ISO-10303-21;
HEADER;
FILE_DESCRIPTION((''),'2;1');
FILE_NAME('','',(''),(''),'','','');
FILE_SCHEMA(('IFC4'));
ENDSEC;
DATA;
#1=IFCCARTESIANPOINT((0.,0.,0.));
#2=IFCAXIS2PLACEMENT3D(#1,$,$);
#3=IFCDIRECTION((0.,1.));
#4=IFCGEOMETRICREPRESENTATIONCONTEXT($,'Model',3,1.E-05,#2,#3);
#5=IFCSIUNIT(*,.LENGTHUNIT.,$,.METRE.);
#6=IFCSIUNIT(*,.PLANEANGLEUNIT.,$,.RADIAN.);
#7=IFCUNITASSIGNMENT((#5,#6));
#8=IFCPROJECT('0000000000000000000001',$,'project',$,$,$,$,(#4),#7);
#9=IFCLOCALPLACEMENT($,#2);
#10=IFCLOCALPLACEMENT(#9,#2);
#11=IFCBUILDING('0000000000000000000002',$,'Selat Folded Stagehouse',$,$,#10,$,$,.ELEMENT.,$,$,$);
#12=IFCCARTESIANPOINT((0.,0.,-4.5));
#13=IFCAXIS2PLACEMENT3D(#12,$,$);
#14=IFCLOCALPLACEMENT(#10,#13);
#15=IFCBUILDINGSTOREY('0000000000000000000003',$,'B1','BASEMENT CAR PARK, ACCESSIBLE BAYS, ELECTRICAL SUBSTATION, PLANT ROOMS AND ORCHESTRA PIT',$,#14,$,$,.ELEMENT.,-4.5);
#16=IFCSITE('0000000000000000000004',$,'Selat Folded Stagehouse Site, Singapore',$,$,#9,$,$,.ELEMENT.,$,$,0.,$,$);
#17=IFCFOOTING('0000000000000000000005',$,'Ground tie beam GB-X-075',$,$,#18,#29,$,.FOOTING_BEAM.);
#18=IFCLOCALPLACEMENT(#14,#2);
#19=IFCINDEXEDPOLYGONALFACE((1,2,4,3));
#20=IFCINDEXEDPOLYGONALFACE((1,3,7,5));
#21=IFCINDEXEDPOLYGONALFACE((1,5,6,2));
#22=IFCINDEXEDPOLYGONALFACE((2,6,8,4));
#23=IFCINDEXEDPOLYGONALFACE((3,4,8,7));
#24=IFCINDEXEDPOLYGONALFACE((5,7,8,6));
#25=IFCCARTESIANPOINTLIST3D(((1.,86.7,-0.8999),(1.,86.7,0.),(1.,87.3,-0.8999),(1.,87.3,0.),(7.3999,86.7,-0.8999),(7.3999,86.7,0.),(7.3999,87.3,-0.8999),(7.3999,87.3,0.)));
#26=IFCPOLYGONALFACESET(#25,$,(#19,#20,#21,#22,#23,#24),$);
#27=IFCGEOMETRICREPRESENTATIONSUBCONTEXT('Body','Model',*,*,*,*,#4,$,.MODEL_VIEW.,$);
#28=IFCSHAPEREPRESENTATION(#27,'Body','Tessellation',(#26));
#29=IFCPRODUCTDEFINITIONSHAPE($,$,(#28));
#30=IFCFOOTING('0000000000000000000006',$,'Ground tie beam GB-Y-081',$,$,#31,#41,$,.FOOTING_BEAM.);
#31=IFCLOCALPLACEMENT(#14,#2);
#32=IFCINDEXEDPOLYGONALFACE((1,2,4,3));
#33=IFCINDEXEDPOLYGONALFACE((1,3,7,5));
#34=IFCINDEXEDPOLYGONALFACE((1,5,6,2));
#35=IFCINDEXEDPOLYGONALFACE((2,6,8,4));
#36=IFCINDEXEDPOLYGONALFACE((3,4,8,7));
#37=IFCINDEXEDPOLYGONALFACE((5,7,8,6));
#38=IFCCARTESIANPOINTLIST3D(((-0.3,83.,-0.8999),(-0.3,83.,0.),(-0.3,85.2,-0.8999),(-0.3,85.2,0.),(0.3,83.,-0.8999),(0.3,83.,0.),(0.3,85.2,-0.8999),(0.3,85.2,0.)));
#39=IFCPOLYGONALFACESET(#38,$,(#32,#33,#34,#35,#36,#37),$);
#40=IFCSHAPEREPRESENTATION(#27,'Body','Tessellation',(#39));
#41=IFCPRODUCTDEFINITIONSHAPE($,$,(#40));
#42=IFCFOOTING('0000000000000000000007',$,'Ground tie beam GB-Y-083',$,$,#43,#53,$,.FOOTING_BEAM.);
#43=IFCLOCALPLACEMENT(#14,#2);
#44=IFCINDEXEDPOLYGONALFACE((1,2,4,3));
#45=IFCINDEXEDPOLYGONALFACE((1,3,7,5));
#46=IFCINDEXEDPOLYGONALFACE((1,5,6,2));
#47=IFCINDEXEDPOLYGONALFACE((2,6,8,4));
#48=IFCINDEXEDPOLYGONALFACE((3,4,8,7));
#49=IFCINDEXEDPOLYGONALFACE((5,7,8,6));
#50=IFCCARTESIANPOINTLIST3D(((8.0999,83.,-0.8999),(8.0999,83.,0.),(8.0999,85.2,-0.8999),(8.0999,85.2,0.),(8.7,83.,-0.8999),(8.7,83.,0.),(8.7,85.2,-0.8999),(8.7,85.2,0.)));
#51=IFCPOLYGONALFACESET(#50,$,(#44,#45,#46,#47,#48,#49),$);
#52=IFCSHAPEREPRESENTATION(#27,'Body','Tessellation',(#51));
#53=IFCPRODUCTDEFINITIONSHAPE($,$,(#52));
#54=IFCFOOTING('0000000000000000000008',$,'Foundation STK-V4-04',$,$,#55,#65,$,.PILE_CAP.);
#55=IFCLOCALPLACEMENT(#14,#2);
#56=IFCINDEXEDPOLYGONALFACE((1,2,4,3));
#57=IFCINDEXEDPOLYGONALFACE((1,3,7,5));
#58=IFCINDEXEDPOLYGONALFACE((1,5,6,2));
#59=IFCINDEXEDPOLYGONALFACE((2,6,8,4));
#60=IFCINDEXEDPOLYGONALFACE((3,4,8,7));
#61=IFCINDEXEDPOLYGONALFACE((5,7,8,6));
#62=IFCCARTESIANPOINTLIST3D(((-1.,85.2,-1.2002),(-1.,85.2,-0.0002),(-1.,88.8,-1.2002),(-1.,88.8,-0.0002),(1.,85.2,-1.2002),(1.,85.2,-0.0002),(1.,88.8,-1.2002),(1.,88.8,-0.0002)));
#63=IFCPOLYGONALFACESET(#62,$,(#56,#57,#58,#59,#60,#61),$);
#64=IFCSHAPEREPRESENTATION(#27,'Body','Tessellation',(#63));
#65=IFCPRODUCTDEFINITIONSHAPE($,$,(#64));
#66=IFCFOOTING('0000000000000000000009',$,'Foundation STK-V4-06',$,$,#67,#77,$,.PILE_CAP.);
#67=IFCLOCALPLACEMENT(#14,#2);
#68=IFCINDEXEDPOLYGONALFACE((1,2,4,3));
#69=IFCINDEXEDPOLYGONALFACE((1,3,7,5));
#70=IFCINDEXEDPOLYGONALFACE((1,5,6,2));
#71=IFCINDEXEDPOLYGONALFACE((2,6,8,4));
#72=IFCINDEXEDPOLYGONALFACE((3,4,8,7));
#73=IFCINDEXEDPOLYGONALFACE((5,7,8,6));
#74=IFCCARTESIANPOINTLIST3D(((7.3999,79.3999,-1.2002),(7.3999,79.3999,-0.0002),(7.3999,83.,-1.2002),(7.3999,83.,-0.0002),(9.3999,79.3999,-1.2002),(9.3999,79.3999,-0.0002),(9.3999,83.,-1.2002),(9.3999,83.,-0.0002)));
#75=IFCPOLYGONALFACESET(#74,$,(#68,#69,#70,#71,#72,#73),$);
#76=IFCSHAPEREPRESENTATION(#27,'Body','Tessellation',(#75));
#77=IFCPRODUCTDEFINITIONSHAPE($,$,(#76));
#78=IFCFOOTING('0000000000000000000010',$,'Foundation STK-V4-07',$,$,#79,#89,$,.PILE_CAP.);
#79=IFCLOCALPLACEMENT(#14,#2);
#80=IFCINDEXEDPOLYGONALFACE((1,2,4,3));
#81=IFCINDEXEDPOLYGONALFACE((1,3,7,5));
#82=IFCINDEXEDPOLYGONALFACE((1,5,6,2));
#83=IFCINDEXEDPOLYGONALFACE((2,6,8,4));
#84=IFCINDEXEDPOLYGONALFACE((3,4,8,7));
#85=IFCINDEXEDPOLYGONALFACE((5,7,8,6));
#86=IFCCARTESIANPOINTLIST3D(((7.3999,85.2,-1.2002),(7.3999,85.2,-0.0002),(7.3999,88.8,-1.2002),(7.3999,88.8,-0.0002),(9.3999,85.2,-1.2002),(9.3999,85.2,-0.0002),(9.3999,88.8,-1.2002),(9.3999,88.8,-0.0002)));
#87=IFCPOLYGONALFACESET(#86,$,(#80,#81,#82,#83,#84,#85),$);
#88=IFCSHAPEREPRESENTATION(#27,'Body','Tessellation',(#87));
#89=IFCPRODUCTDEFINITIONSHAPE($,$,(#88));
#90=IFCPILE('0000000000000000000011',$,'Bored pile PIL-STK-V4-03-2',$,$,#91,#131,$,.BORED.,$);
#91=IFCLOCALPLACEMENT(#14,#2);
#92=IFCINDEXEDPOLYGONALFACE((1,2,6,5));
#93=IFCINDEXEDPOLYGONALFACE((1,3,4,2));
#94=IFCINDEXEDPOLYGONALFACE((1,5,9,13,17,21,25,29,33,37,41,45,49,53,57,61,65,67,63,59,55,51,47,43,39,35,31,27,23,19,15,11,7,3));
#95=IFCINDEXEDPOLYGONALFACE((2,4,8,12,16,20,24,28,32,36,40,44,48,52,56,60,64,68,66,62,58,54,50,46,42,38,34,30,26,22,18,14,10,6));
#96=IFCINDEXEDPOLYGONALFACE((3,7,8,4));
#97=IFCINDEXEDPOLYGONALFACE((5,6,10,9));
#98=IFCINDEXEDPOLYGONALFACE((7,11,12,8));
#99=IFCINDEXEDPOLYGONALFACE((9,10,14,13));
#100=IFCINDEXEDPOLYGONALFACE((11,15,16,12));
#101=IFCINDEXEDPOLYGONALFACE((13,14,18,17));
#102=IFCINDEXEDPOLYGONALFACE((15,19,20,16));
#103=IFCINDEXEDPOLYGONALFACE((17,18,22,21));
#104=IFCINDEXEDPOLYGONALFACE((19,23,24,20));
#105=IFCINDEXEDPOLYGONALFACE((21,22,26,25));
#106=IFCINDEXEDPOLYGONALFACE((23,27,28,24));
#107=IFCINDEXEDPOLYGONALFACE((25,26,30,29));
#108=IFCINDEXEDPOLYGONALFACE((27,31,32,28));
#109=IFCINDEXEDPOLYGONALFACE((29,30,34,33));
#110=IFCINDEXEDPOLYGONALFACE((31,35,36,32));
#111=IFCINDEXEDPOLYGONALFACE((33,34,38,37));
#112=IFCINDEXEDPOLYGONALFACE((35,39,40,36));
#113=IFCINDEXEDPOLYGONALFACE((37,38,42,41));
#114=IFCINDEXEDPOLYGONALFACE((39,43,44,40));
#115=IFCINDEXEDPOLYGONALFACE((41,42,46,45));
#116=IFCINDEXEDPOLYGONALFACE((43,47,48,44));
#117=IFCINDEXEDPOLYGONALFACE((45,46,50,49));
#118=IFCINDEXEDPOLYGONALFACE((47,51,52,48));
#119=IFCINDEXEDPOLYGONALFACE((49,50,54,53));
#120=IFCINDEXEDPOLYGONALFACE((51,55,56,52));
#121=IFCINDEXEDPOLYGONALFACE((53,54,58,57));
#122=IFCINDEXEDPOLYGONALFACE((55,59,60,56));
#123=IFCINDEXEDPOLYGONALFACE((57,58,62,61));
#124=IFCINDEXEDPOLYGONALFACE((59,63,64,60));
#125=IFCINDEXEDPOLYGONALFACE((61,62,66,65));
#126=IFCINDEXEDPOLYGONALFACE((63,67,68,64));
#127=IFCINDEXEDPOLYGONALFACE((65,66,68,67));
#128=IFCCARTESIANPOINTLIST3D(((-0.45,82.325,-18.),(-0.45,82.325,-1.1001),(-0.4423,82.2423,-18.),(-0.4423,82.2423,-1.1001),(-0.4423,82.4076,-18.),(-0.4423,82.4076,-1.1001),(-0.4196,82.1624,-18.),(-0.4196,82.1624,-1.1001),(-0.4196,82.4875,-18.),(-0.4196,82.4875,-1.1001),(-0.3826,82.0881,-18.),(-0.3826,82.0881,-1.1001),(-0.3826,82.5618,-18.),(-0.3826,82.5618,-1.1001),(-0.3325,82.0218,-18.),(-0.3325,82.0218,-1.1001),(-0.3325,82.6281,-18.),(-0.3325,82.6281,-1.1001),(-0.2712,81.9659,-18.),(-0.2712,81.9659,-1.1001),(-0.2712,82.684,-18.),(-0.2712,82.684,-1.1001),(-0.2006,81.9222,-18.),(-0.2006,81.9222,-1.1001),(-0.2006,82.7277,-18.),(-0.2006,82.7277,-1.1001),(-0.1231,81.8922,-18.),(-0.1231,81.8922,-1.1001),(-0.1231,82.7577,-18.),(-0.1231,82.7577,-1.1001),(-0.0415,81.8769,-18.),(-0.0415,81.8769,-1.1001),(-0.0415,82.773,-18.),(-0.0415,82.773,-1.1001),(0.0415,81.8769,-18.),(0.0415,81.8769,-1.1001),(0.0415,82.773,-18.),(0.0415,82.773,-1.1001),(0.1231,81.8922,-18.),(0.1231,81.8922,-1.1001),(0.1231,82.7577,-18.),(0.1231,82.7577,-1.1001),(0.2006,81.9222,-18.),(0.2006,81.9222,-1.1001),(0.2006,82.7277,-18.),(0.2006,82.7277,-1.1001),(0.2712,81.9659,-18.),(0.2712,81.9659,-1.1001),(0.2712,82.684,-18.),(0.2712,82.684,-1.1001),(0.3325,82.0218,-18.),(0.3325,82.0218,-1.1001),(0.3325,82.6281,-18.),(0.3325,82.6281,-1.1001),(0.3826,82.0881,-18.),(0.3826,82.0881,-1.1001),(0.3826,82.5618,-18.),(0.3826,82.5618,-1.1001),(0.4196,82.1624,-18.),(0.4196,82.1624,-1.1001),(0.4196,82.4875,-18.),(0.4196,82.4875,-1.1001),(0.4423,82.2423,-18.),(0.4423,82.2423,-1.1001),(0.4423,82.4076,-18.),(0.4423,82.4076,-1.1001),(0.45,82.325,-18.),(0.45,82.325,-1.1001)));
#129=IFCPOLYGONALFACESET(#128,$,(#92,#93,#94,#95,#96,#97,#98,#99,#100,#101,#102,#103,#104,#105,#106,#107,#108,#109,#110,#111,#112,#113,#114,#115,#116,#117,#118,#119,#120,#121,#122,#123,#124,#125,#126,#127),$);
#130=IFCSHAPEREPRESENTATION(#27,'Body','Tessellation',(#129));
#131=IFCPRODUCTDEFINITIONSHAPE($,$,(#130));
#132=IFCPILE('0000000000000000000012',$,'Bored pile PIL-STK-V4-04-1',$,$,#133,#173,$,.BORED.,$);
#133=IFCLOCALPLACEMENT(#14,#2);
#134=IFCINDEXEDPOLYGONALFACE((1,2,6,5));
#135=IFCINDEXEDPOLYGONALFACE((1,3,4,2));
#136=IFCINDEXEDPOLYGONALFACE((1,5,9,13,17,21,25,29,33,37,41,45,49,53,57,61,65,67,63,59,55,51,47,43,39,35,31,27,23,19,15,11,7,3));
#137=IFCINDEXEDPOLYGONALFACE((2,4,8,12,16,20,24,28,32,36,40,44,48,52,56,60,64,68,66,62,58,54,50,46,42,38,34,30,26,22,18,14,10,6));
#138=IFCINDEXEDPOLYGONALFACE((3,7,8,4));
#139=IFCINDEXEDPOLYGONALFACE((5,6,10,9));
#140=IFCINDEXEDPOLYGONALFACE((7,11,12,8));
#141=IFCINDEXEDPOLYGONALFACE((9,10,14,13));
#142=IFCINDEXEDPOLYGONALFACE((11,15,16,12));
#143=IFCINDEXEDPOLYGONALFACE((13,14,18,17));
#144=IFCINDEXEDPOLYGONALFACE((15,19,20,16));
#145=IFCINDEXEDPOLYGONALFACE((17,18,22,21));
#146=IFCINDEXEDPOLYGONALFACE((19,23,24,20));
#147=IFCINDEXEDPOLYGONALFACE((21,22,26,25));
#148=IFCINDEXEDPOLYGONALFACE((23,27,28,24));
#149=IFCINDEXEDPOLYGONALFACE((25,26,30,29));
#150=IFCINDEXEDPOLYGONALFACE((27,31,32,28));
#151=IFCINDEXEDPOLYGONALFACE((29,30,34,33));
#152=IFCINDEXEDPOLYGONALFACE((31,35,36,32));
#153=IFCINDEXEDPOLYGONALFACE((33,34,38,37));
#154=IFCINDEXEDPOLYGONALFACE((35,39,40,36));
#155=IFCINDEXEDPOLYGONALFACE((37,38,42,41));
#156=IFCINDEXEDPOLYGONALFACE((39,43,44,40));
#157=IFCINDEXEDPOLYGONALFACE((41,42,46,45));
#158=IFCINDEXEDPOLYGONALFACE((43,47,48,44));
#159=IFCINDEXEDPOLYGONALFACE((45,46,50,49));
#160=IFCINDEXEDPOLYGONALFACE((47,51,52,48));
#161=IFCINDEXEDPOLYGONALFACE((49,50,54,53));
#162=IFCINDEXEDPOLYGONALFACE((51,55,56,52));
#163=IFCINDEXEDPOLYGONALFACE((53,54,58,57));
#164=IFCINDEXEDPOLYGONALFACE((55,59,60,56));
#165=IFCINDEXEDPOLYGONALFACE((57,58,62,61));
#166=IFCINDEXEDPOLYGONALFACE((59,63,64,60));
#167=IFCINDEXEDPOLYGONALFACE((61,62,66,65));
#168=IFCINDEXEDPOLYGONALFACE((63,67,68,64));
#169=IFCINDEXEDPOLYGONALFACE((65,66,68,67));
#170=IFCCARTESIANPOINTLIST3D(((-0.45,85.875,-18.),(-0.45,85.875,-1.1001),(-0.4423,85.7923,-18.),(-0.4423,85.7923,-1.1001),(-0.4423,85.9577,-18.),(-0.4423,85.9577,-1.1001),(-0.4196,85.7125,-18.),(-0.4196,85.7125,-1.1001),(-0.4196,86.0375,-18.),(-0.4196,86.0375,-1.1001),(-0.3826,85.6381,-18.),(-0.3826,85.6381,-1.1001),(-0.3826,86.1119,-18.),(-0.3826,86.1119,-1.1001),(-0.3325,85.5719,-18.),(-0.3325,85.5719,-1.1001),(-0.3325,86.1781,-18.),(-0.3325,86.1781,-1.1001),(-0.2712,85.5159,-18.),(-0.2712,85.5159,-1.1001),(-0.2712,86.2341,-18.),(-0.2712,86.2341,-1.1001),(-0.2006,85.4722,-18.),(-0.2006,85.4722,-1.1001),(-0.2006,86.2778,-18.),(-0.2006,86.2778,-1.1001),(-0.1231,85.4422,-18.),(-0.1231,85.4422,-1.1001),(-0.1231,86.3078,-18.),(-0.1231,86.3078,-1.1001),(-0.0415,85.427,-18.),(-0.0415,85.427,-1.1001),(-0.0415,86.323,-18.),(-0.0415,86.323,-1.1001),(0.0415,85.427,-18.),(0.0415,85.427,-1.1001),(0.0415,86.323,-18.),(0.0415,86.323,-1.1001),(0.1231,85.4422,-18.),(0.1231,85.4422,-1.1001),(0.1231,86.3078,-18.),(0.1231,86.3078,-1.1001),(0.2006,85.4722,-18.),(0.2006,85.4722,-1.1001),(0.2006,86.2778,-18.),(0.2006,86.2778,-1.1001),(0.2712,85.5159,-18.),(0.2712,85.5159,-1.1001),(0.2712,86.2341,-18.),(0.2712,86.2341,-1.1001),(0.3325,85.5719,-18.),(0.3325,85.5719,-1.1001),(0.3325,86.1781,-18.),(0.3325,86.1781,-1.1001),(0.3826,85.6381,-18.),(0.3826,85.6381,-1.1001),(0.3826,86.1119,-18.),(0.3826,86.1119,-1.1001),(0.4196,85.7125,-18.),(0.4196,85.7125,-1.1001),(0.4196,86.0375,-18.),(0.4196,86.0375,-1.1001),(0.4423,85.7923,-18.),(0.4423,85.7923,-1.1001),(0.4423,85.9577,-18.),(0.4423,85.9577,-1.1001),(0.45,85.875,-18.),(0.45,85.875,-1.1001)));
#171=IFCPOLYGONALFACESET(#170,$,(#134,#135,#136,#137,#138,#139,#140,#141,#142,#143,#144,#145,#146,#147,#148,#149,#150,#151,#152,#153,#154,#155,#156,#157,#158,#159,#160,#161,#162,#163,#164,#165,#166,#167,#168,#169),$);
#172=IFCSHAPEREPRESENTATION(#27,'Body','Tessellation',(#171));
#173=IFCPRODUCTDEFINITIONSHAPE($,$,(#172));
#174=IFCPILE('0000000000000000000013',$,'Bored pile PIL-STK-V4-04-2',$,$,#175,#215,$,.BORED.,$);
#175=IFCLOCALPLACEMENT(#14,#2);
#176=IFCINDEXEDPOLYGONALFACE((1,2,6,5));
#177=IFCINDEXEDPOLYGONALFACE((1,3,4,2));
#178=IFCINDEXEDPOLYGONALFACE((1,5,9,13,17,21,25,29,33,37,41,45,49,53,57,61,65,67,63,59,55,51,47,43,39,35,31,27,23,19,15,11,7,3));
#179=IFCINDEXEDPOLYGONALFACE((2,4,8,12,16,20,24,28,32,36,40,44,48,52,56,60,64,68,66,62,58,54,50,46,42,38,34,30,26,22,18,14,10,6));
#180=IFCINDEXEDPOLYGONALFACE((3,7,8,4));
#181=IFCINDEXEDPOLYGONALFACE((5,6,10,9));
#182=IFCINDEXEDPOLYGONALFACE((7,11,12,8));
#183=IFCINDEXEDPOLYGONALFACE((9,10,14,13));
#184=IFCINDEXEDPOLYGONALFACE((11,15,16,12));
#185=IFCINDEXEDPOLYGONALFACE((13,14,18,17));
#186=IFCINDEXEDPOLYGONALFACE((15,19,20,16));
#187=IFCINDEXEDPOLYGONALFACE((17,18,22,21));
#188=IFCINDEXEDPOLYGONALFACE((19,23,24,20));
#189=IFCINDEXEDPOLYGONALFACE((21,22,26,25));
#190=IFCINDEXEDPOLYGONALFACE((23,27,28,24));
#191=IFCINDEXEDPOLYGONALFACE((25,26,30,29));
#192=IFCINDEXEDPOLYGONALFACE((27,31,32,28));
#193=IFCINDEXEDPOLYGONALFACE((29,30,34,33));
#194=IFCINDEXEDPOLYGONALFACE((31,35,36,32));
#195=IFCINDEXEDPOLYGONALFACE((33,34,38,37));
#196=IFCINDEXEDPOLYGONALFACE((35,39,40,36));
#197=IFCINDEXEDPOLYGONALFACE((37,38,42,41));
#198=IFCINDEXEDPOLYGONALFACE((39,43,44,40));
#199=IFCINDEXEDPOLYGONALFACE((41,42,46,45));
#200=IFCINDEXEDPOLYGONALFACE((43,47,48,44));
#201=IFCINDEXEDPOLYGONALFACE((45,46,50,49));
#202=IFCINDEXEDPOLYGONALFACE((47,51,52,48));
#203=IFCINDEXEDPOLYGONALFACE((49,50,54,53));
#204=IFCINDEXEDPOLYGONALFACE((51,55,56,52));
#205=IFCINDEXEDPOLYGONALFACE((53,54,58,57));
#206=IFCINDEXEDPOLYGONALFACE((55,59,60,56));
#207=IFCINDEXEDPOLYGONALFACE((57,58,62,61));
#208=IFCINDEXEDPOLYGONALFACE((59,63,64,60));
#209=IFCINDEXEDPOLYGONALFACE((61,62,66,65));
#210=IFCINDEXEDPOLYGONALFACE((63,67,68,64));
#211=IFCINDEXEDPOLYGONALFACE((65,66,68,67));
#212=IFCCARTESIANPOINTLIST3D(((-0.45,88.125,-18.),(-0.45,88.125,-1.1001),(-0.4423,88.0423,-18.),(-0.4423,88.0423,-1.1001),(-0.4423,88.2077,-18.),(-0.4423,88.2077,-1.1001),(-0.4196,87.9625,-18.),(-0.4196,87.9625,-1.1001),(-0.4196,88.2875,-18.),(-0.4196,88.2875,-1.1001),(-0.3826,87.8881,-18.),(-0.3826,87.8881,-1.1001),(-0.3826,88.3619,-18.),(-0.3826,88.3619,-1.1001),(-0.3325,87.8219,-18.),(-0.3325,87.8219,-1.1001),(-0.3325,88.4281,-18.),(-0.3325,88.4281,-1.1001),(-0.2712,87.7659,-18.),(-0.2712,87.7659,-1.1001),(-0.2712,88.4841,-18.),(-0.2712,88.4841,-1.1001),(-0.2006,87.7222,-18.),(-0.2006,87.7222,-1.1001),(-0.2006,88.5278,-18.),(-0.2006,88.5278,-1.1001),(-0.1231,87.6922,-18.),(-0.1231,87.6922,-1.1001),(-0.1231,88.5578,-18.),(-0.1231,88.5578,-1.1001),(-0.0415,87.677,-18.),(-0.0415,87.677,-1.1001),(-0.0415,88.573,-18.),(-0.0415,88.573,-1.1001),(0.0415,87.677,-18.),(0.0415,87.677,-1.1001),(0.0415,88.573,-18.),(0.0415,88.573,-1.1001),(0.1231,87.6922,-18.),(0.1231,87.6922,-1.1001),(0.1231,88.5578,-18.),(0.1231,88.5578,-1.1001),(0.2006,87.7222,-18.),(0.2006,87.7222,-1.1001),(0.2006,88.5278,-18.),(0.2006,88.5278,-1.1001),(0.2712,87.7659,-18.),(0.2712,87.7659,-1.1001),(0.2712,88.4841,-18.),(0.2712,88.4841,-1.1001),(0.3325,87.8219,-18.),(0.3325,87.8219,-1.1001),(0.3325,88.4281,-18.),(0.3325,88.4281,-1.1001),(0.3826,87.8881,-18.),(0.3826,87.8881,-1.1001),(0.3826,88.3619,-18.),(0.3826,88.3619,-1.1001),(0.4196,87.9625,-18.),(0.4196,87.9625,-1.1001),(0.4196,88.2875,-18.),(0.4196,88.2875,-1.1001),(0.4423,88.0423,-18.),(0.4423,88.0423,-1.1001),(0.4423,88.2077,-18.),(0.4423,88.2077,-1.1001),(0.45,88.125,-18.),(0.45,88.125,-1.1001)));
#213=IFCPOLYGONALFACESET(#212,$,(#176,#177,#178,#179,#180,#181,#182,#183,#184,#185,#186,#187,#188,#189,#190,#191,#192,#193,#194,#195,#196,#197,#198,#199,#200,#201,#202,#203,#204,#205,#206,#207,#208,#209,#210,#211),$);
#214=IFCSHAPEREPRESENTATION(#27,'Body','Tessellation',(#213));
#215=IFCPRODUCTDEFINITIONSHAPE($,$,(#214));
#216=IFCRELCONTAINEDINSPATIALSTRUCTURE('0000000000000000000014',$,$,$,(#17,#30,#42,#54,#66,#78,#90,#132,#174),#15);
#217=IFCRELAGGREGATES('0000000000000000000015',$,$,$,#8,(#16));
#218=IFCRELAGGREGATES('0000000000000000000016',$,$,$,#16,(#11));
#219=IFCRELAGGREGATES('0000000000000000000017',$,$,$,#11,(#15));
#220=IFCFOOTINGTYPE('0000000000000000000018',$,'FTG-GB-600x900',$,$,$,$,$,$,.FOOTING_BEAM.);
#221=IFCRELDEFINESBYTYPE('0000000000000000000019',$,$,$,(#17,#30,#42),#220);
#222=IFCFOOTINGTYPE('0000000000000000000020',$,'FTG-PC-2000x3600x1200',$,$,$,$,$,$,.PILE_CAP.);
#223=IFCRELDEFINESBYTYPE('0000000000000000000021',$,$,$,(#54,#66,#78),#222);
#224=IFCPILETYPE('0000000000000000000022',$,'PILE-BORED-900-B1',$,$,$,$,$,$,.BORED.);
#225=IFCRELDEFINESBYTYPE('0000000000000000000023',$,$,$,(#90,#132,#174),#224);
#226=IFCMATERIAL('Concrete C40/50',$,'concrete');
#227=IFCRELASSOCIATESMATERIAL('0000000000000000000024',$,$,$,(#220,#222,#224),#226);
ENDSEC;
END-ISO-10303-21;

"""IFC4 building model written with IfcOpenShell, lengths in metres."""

from ifc_helpers import new_model, si_unit, direction, frame, origin, origin_2d, place, context, subcontext, project, spatial, rectangle, circle, extrude, material, material_profile, profile_set, type_object, element, save


model = new_model("IFC4")

# Units and contexts
model_context = context("Model", 3, precision=1e-05, world=origin(), true_north=direction((0.0, 1.0)))
body_context = subcontext(model_context, "Body", "Model", "MODEL_VIEW")
ifc_project = project(units=[si_unit("LENGTHUNIT", "METRE"), si_unit("PLANEANGLEUNIT", "RADIAN")], contexts=[model_context])

# Site, building, storey
site_placement = place(None, origin())
site = spatial("IfcSite", under=ifc_project, at=site_placement, Name="Selat Folded Stagehouse Site, Singapore", CompositionType="ELEMENT", RefElevation=0.0)
building_placement = place(site_placement, origin())
building = spatial("IfcBuilding", under=site, at=building_placement, Name="Selat Folded Stagehouse", CompositionType="ELEMENT")
storey_placement = place(building_placement, frame((0.0, 0.0, -4.5)))
storey = spatial("IfcBuildingStorey", under=building, at=storey_placement, Name="B1", Description="BASEMENT CAR PARK, ACCESSIBLE BAYS, ELECTRICAL SUBSTATION, PLANT ROOMS AND ORCHESTRA PIT", CompositionType="ELEMENT", Elevation=-4.5)

# Footings
ifc_material_1 = material(Name="Concrete C40/50", Category="concrete")
ifc_material_profile_1 = material_profile(ifc_material_1, rectangle(XDim=0.6001, YDim=0.8999, at=origin_2d()), Name="RC 900x600")
ifc_profile_set_1 = profile_set([ifc_material_profile_1], Name="Concrete C40/50")
footing_type_1 = type_object("IfcFootingType", Name="FTG-GB-600x900", PredefinedType="FOOTING_BEAM", material=ifc_profile_set_1)
footing_placement = place(storey_placement, frame((1.0, 87.0, -0.45), z_axis=(1.0, 0.0, 0.0), x_axis=(0.0, 1.0, 0.0)))
element("IfcFooting", 1, at=footing_placement, inside=storey, type_object=footing_type_1, Name="Ground tie beam GB-X-075", PredefinedType="FOOTING_BEAM", context=body_context, shape_type="SweptSolid", body=[
    extrude(rectangle(XDim=0.6001, YDim=0.8999, at=origin_2d()), origin(), (0.0, 0.0, 1.0), 6.3999),
])
for number, where, z_axis, x_axis, name in (
    (2, (0.0, 83.0, -0.45), (0.0, 1.0, 0.0), (-1.0, 0.0, 0.0), "Ground tie beam GB-Y-081"),
    (3, (8.3999, 83.0, -0.45), (0.0, 1.0, 0.0), (-1.0, 0.0, 0.0), "Ground tie beam GB-Y-083"),
):
    element("IfcFooting", number, at=place(storey_placement, frame(where, z_axis=z_axis, x_axis=x_axis)), inside=storey, type_object=footing_type_1, Name=name, PredefinedType="FOOTING_BEAM", context=body_context, shape_type="SweptSolid", body=[
        extrude(rectangle(XDim=0.6001, YDim=0.8999, at=origin_2d()), origin(), (0.0, 0.0, 1.0), 2.2),
    ])
footing_type_2 = type_object("IfcFootingType", Name="FTG-PC-2000x3600x1200", PredefinedType="PILE_CAP", material=ifc_material_1)
for number, where, z_axis, x_axis, name in (
    (4, (0.0, 87.0, -1.2002), (0.0, 0.0, 1.0), (1.0, 0.0, 0.0), "Foundation STK-V4-04"),
    (5, (8.3999, 81.2, -1.2002), (0.0, 0.0, 1.0), (1.0, 0.0, 0.0), "Foundation STK-V4-06"),
    (6, (8.3999, 87.0, -1.2002), (0.0, 0.0, 1.0), (1.0, 0.0, 0.0), "Foundation STK-V4-07"),
):
    element("IfcFooting", number, at=place(storey_placement, frame(where, z_axis=z_axis, x_axis=x_axis)), inside=storey, type_object=footing_type_2, Name=name, PredefinedType="PILE_CAP", context=body_context, shape_type="SweptSolid", body=[
        extrude(rectangle(XDim=2.0, YDim=3.6001, at=origin_2d()), origin(), (0.0, 0.0, 1.0), 1.2),
    ])

# Piles
ifc_material_profile_2 = material_profile(ifc_material_1, circle(Radius=0.45, at=origin_2d()), Name="PILE D900")
ifc_profile_set_2 = profile_set([ifc_material_profile_2], Name="Concrete C40/50")
pile_type = type_object("IfcPileType", Name="PILE-BORED-900-B1", PredefinedType="BORED", material=ifc_profile_set_2)
for number, where, z_axis, x_axis, name in (
    (7, (0.0, 82.325, -1.1001), (0.0, 0.0, -1.0), (1.0, 0.0, 0.0), "Bored pile PIL-STK-V4-03-2"),
    (8, (0.0, 85.875, -1.1001), (0.0, 0.0, -1.0), (1.0, 0.0, 0.0), "Bored pile PIL-STK-V4-04-1"),
    (9, (0.0, 88.125, -1.1001), (0.0, 0.0, -1.0), (1.0, 0.0, 0.0), "Bored pile PIL-STK-V4-04-2"),
):
    element("IfcPile", number, at=place(storey_placement, frame(where, z_axis=z_axis, x_axis=x_axis)), inside=storey, type_object=pile_type, Name=name, PredefinedType="BORED", context=body_context, shape_type="SweptSolid", body=[
        extrude(circle(Radius=0.45, at=origin_2d()), origin(), (0.0, 0.0, 1.0), 16.8999),
    ])

save(model, "model.ifc")
